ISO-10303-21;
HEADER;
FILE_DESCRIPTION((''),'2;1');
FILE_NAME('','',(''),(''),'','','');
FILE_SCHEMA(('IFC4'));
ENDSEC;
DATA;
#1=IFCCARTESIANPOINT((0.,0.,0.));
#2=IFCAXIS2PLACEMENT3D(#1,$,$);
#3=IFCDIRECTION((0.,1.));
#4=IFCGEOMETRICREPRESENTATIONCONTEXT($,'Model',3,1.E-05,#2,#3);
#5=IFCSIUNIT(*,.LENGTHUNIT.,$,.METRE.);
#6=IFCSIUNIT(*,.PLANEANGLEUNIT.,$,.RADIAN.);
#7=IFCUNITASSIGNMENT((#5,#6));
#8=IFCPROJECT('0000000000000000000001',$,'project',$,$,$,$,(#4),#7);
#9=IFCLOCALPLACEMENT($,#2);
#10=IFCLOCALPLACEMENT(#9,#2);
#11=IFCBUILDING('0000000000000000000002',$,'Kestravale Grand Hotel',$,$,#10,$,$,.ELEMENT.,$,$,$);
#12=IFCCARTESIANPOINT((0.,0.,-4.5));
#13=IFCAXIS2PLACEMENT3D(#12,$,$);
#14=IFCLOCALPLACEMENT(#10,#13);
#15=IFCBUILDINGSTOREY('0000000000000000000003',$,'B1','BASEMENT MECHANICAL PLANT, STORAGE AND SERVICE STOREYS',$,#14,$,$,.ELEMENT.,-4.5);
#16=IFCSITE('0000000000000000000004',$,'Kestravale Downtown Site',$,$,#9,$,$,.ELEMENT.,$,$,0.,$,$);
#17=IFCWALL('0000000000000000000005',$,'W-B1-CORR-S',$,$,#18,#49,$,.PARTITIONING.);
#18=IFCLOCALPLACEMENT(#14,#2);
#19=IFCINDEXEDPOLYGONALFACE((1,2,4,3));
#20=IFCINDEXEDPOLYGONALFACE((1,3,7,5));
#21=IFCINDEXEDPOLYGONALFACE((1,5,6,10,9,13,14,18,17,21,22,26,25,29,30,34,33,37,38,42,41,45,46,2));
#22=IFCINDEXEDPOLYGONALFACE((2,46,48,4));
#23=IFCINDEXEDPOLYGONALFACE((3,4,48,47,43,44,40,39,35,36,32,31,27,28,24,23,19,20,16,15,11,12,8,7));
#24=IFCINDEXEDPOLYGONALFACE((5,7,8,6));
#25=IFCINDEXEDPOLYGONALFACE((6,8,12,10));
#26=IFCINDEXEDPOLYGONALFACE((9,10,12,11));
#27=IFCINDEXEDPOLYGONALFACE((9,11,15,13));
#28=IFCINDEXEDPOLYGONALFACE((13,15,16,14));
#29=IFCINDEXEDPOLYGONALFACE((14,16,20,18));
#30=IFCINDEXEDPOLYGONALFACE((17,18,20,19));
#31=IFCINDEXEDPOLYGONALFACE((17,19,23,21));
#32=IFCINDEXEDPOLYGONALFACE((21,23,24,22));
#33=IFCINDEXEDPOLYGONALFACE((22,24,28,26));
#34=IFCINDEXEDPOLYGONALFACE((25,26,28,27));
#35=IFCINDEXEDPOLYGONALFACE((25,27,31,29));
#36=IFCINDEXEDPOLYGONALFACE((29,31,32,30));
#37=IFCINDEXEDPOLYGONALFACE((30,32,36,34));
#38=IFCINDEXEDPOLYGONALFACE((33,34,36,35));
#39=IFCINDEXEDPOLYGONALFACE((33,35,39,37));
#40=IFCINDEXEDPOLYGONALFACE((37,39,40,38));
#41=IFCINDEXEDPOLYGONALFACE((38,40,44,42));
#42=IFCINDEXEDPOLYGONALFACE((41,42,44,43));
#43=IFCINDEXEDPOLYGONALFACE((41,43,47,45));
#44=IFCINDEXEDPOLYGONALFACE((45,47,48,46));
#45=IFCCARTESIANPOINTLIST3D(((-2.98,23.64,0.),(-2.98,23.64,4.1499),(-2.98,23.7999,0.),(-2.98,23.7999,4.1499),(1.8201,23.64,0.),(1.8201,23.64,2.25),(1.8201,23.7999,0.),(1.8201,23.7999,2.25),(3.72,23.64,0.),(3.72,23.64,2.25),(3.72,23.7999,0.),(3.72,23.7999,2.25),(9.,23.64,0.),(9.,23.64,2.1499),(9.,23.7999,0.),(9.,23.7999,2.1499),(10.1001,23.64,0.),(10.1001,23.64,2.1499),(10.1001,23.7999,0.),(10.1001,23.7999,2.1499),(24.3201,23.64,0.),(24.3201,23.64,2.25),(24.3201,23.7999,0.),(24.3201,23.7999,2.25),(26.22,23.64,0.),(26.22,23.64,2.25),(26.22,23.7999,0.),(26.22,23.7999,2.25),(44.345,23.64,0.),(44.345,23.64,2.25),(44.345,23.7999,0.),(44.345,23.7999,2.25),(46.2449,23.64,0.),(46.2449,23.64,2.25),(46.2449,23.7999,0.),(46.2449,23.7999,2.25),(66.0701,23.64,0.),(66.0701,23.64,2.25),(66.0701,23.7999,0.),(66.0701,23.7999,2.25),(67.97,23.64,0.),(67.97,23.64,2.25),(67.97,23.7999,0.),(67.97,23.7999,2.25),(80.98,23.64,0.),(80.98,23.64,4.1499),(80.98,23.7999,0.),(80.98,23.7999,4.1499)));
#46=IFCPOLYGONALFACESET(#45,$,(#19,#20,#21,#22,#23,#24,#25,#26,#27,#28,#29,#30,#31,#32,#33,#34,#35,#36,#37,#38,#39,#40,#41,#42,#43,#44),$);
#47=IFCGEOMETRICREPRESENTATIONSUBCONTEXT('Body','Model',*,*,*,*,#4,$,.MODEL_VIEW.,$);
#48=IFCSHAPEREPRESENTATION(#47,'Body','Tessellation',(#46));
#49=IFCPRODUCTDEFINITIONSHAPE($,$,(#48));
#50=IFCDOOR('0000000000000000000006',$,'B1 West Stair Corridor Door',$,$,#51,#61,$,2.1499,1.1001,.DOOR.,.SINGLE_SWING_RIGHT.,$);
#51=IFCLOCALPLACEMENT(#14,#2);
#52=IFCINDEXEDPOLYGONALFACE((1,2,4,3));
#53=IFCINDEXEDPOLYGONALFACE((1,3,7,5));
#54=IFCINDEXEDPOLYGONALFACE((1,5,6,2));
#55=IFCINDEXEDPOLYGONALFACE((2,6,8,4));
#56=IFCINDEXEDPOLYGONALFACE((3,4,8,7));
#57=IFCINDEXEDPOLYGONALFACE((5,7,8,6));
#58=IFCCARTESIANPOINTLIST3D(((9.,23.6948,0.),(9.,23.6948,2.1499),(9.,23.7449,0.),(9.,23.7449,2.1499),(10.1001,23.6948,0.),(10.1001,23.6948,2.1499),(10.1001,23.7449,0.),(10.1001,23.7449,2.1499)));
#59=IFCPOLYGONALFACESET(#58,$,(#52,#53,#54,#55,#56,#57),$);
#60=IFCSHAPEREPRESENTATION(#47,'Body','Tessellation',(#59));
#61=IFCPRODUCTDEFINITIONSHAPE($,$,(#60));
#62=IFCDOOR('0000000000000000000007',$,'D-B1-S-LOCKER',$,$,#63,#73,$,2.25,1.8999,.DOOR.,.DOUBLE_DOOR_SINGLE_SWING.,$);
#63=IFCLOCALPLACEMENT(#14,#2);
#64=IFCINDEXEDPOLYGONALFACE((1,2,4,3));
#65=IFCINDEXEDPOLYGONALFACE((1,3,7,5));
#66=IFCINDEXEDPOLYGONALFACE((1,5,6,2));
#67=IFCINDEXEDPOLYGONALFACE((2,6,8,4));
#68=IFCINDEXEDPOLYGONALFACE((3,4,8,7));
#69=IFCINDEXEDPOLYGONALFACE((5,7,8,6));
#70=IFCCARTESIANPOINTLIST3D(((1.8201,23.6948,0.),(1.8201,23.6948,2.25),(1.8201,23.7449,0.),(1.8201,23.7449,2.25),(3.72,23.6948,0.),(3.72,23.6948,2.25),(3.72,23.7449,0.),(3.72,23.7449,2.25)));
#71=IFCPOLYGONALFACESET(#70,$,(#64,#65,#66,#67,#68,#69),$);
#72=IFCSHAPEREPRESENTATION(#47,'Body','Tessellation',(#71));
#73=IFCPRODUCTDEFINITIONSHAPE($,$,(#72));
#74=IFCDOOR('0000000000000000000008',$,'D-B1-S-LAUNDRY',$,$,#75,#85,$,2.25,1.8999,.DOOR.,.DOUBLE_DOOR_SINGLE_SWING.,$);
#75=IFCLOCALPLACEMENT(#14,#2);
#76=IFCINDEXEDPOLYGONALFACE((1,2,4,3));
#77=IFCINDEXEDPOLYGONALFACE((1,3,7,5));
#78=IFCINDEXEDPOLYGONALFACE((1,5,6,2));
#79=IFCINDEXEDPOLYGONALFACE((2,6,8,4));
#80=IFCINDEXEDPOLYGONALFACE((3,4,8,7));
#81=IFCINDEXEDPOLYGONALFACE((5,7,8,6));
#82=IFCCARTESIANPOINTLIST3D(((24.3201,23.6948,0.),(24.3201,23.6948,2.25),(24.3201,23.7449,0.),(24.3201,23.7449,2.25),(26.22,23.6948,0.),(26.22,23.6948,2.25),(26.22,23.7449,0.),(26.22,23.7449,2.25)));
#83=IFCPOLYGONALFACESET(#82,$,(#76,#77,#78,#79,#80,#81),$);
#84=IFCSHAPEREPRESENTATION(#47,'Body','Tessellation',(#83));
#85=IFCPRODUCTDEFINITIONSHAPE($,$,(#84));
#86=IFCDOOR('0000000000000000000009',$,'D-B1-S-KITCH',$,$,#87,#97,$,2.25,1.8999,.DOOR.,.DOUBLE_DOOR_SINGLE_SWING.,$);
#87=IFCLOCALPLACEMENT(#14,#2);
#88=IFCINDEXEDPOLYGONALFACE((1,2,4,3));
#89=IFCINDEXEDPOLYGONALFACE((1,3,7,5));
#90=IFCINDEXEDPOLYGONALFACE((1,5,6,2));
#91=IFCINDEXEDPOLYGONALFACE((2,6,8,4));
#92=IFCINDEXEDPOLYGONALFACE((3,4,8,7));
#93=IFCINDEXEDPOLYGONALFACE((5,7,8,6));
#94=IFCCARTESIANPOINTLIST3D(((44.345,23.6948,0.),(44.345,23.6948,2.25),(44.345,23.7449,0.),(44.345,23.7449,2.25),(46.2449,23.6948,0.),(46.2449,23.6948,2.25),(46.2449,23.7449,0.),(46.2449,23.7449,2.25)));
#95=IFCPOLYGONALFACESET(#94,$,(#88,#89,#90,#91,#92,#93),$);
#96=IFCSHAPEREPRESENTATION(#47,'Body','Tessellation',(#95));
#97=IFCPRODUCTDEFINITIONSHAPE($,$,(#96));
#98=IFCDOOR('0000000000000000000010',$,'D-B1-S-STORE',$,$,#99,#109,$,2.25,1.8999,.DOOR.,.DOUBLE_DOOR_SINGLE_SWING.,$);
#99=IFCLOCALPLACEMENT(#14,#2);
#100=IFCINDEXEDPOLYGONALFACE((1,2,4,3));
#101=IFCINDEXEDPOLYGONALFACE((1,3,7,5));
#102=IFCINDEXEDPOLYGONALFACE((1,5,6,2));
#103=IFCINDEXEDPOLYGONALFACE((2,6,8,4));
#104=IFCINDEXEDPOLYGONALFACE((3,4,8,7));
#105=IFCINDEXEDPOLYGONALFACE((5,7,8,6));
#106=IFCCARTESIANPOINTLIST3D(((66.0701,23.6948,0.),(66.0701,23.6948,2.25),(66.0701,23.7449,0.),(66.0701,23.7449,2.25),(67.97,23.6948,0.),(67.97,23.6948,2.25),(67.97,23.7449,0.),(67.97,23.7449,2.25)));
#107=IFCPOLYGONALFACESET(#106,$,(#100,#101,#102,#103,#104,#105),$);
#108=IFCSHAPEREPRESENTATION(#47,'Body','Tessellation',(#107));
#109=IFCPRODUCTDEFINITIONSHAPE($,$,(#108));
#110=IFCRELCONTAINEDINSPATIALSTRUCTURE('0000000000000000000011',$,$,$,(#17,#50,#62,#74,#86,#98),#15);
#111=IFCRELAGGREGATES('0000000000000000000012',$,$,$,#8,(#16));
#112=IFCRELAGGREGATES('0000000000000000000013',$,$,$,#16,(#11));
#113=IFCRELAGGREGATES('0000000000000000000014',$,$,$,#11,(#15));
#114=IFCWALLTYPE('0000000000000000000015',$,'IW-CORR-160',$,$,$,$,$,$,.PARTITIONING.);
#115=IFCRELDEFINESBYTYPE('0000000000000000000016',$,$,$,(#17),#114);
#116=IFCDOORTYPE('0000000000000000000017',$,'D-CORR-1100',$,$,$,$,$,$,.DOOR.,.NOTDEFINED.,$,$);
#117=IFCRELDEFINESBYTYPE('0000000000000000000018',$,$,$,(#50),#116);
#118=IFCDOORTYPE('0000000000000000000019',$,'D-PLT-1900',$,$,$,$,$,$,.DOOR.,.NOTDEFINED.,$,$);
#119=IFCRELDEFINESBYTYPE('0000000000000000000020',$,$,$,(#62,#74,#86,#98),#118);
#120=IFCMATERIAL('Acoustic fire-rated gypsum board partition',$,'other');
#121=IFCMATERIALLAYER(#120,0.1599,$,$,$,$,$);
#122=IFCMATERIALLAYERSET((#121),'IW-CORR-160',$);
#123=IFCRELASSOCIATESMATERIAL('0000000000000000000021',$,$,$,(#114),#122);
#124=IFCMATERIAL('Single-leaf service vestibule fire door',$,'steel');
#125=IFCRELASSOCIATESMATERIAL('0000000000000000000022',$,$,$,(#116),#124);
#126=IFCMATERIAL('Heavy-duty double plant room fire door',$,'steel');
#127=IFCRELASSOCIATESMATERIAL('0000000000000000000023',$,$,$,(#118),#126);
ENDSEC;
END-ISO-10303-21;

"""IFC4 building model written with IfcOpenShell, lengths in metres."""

from ifc_helpers import new_model, si_unit, direction, frame, frame_2d, origin, place, context, subcontext, project, spatial, rectangle, extrude, material, layer, layer_set, type_object, element, fill, save


model = new_model("IFC4")

# Units and contexts
model_context = context("Model", 3, precision=1e-05, world=origin(), true_north=direction((0.0, 1.0)))
body_context = subcontext(model_context, "Body", "Model", "MODEL_VIEW")
ifc_project = project(units=[si_unit("LENGTHUNIT", "METRE"), si_unit("PLANEANGLEUNIT", "RADIAN")], contexts=[model_context])

# Site, building, storey
site_placement = place(None, origin())
site = spatial("IfcSite", under=ifc_project, at=site_placement, Name="Kestravale Downtown Site", CompositionType="ELEMENT", RefElevation=0.0)
building_placement = place(site_placement, origin())
building = spatial("IfcBuilding", under=site, at=building_placement, Name="Kestravale Grand Hotel", CompositionType="ELEMENT")
storey_placement = place(building_placement, frame((0.0, 0.0, -4.5)))
storey = spatial("IfcBuildingStorey", under=building, at=storey_placement, Name="B1", Description="BASEMENT MECHANICAL PLANT, STORAGE AND SERVICE STOREYS", CompositionType="ELEMENT", Elevation=-4.5)

# Wall, openings, doors
ifc_material_1 = material(Name="Acoustic fire-rated gypsum board partition", Category="other")
ifc_layer = layer(ifc_material_1, 0.1599)
ifc_layer_set = layer_set([ifc_layer], Name="IW-CORR-160")
wall_type = type_object("IfcWallType", Name="IW-CORR-160", PredefinedType="PARTITIONING", material=ifc_layer_set)
wall_1_placement = place(storey_placement, frame((-2.98, 23.72, 0.0), z_axis=(0.0, 0.0, 1.0), x_axis=(1.0, 0.0, 0.0)))
wall_1 = element("IfcWall", 1, at=wall_1_placement, inside=storey, type_object=wall_type, Name="W-B1-CORR-S", PredefinedType="PARTITIONING", context=body_context, shape_type="SweptSolid", body=[
    extrude(rectangle(XDim=83.96, YDim=0.1599, at=frame_2d((41.98, 0.0))), origin(), (0.0, 0.0, 1.0), 4.1499),
])
opening_1_placement = place(wall_1_placement, frame((11.98, 0.0, 0.0)))
opening_1 = element("IfcOpeningElement", 2, at=opening_1_placement, cuts=wall_1, PredefinedType="OPENING", context=body_context, shape_type="SweptSolid", body=[
    extrude(rectangle(XDim=1.1001, YDim=2.1499, at=frame_2d((0.55, 1.075))), frame((0.0, 0.0898, 0.0), z_axis=(0.0, -1.0, 0.0), x_axis=(1.0, 0.0, 0.0)), (0.0, 0.0, 1.0), 0.1799),
])
opening_2_placement = place(wall_1_placement, frame((4.8, 0.0, 0.0)))
opening_2 = element("IfcOpeningElement", 3, at=opening_2_placement, cuts=wall_1, PredefinedType="OPENING", context=body_context, shape_type="SweptSolid", body=[
    extrude(rectangle(XDim=1.8999, YDim=2.25, at=frame_2d((0.95, 1.125))), frame((0.0, 0.0898, 0.0), z_axis=(0.0, -1.0, 0.0), x_axis=(1.0, 0.0, 0.0)), (0.0, 0.0, 1.0), 0.1799),
])
opening_3_placement = place(wall_1_placement, frame((27.3, 0.0, 0.0)))
opening_3 = element("IfcOpeningElement", 4, at=opening_3_placement, cuts=wall_1, PredefinedType="OPENING", context=body_context, shape_type="SweptSolid", body=[
    extrude(rectangle(XDim=1.8999, YDim=2.25, at=frame_2d((0.95, 1.125))), frame((0.0, 0.0898, 0.0), z_axis=(0.0, -1.0, 0.0), x_axis=(1.0, 0.0, 0.0)), (0.0, 0.0, 1.0), 0.1799),
])
opening_4_placement = place(wall_1_placement, frame((47.325, 0.0, 0.0)))
opening_4 = element("IfcOpeningElement", 5, at=opening_4_placement, cuts=wall_1, PredefinedType="OPENING", context=body_context, shape_type="SweptSolid", body=[
    extrude(rectangle(XDim=1.8999, YDim=2.25, at=frame_2d((0.95, 1.125))), frame((0.0, 0.0898, 0.0), z_axis=(0.0, -1.0, 0.0), x_axis=(1.0, 0.0, 0.0)), (0.0, 0.0, 1.0), 0.1799),
])
opening_5_placement = place(wall_1_placement, frame((69.05, 0.0, 0.0)))
opening_5 = element("IfcOpeningElement", 6, at=opening_5_placement, cuts=wall_1, PredefinedType="OPENING", context=body_context, shape_type="SweptSolid", body=[
    extrude(rectangle(XDim=1.8999, YDim=2.25, at=frame_2d((0.95, 1.125))), frame((0.0, 0.0898, 0.0), z_axis=(0.0, -1.0, 0.0), x_axis=(1.0, 0.0, 0.0)), (0.0, 0.0, 1.0), 0.1799),
])
ifc_material_2 = material(Name="Single-leaf service vestibule fire door", Category="steel")
door_type_1 = type_object("IfcDoorType", Name="D-CORR-1100", OperationType="NOTDEFINED", PredefinedType="DOOR", material=ifc_material_2)
door_1_placement = place(opening_1_placement, origin())
door_1 = element("IfcDoor", 7, at=door_1_placement, inside=storey, type_object=door_type_1, Name="B1 West Stair Corridor Door", OperationType="SINGLE_SWING_RIGHT", OverallHeight=2.1499, OverallWidth=1.1001, PredefinedType="DOOR", context=body_context, shape_type="SweptSolid", body=[
    extrude(rectangle(XDim=1.1001, YDim=2.1499, at=frame_2d((0.55, 1.075))), frame((0.0, 0.0249, 0.0), z_axis=(0.0, -1.0, 0.0), x_axis=(1.0, 0.0, 0.0)), (0.0, 0.0, 1.0), 0.05),
])
fill(opening_1, door_1)
ifc_material_3 = material(Name="Heavy-duty double plant room fire door", Category="steel")
door_type_2 = type_object("IfcDoorType", Name="D-PLT-1900", OperationType="NOTDEFINED", PredefinedType="DOOR", material=ifc_material_3)
door_2_placement = place(opening_2_placement, origin())
door_2 = element("IfcDoor", 8, at=door_2_placement, inside=storey, type_object=door_type_2, Name="D-B1-S-LOCKER", OperationType="DOUBLE_DOOR_SINGLE_SWING", OverallHeight=2.25, OverallWidth=1.8999, PredefinedType="DOOR", context=body_context, shape_type="SweptSolid", body=[
    extrude(rectangle(XDim=1.8999, YDim=2.25, at=frame_2d((0.95, 1.125))), frame((0.0, 0.0249, 0.0), z_axis=(0.0, -1.0, 0.0), x_axis=(1.0, 0.0, 0.0)), (0.0, 0.0, 1.0), 0.05),
])
fill(opening_2, door_2)
door_3_placement = place(opening_3_placement, origin())
door_3 = element("IfcDoor", 9, at=door_3_placement, inside=storey, type_object=door_type_2, Name="D-B1-S-LAUNDRY", OperationType="DOUBLE_DOOR_SINGLE_SWING", OverallHeight=2.25, OverallWidth=1.8999, PredefinedType="DOOR", context=body_context, shape_type="SweptSolid", body=[
    extrude(rectangle(XDim=1.8999, YDim=2.25, at=frame_2d((0.95, 1.125))), frame((0.0, 0.0249, 0.0), z_axis=(0.0, -1.0, 0.0), x_axis=(1.0, 0.0, 0.0)), (0.0, 0.0, 1.0), 0.05),
])
fill(opening_3, door_3)
door_4_placement = place(opening_4_placement, origin())
door_4 = element("IfcDoor", 10, at=door_4_placement, inside=storey, type_object=door_type_2, Name="D-B1-S-KITCH", OperationType="DOUBLE_DOOR_SINGLE_SWING", OverallHeight=2.25, OverallWidth=1.8999, PredefinedType="DOOR", context=body_context, shape_type="SweptSolid", body=[
    extrude(rectangle(XDim=1.8999, YDim=2.25, at=frame_2d((0.95, 1.125))), frame((0.0, 0.0249, 0.0), z_axis=(0.0, -1.0, 0.0), x_axis=(1.0, 0.0, 0.0)), (0.0, 0.0, 1.0), 0.05),
])
fill(opening_4, door_4)
door_5_placement = place(opening_5_placement, origin())
door_5 = element("IfcDoor", 11, at=door_5_placement, inside=storey, type_object=door_type_2, Name="D-B1-S-STORE", OperationType="DOUBLE_DOOR_SINGLE_SWING", OverallHeight=2.25, OverallWidth=1.8999, PredefinedType="DOOR", context=body_context, shape_type="SweptSolid", body=[
    extrude(rectangle(XDim=1.8999, YDim=2.25, at=frame_2d((0.95, 1.125))), frame((0.0, 0.0249, 0.0), z_axis=(0.0, -1.0, 0.0), x_axis=(1.0, 0.0, 0.0)), (0.0, 0.0, 1.0), 0.05),
])
fill(opening_5, door_5)

save(model, "model.ifc")
